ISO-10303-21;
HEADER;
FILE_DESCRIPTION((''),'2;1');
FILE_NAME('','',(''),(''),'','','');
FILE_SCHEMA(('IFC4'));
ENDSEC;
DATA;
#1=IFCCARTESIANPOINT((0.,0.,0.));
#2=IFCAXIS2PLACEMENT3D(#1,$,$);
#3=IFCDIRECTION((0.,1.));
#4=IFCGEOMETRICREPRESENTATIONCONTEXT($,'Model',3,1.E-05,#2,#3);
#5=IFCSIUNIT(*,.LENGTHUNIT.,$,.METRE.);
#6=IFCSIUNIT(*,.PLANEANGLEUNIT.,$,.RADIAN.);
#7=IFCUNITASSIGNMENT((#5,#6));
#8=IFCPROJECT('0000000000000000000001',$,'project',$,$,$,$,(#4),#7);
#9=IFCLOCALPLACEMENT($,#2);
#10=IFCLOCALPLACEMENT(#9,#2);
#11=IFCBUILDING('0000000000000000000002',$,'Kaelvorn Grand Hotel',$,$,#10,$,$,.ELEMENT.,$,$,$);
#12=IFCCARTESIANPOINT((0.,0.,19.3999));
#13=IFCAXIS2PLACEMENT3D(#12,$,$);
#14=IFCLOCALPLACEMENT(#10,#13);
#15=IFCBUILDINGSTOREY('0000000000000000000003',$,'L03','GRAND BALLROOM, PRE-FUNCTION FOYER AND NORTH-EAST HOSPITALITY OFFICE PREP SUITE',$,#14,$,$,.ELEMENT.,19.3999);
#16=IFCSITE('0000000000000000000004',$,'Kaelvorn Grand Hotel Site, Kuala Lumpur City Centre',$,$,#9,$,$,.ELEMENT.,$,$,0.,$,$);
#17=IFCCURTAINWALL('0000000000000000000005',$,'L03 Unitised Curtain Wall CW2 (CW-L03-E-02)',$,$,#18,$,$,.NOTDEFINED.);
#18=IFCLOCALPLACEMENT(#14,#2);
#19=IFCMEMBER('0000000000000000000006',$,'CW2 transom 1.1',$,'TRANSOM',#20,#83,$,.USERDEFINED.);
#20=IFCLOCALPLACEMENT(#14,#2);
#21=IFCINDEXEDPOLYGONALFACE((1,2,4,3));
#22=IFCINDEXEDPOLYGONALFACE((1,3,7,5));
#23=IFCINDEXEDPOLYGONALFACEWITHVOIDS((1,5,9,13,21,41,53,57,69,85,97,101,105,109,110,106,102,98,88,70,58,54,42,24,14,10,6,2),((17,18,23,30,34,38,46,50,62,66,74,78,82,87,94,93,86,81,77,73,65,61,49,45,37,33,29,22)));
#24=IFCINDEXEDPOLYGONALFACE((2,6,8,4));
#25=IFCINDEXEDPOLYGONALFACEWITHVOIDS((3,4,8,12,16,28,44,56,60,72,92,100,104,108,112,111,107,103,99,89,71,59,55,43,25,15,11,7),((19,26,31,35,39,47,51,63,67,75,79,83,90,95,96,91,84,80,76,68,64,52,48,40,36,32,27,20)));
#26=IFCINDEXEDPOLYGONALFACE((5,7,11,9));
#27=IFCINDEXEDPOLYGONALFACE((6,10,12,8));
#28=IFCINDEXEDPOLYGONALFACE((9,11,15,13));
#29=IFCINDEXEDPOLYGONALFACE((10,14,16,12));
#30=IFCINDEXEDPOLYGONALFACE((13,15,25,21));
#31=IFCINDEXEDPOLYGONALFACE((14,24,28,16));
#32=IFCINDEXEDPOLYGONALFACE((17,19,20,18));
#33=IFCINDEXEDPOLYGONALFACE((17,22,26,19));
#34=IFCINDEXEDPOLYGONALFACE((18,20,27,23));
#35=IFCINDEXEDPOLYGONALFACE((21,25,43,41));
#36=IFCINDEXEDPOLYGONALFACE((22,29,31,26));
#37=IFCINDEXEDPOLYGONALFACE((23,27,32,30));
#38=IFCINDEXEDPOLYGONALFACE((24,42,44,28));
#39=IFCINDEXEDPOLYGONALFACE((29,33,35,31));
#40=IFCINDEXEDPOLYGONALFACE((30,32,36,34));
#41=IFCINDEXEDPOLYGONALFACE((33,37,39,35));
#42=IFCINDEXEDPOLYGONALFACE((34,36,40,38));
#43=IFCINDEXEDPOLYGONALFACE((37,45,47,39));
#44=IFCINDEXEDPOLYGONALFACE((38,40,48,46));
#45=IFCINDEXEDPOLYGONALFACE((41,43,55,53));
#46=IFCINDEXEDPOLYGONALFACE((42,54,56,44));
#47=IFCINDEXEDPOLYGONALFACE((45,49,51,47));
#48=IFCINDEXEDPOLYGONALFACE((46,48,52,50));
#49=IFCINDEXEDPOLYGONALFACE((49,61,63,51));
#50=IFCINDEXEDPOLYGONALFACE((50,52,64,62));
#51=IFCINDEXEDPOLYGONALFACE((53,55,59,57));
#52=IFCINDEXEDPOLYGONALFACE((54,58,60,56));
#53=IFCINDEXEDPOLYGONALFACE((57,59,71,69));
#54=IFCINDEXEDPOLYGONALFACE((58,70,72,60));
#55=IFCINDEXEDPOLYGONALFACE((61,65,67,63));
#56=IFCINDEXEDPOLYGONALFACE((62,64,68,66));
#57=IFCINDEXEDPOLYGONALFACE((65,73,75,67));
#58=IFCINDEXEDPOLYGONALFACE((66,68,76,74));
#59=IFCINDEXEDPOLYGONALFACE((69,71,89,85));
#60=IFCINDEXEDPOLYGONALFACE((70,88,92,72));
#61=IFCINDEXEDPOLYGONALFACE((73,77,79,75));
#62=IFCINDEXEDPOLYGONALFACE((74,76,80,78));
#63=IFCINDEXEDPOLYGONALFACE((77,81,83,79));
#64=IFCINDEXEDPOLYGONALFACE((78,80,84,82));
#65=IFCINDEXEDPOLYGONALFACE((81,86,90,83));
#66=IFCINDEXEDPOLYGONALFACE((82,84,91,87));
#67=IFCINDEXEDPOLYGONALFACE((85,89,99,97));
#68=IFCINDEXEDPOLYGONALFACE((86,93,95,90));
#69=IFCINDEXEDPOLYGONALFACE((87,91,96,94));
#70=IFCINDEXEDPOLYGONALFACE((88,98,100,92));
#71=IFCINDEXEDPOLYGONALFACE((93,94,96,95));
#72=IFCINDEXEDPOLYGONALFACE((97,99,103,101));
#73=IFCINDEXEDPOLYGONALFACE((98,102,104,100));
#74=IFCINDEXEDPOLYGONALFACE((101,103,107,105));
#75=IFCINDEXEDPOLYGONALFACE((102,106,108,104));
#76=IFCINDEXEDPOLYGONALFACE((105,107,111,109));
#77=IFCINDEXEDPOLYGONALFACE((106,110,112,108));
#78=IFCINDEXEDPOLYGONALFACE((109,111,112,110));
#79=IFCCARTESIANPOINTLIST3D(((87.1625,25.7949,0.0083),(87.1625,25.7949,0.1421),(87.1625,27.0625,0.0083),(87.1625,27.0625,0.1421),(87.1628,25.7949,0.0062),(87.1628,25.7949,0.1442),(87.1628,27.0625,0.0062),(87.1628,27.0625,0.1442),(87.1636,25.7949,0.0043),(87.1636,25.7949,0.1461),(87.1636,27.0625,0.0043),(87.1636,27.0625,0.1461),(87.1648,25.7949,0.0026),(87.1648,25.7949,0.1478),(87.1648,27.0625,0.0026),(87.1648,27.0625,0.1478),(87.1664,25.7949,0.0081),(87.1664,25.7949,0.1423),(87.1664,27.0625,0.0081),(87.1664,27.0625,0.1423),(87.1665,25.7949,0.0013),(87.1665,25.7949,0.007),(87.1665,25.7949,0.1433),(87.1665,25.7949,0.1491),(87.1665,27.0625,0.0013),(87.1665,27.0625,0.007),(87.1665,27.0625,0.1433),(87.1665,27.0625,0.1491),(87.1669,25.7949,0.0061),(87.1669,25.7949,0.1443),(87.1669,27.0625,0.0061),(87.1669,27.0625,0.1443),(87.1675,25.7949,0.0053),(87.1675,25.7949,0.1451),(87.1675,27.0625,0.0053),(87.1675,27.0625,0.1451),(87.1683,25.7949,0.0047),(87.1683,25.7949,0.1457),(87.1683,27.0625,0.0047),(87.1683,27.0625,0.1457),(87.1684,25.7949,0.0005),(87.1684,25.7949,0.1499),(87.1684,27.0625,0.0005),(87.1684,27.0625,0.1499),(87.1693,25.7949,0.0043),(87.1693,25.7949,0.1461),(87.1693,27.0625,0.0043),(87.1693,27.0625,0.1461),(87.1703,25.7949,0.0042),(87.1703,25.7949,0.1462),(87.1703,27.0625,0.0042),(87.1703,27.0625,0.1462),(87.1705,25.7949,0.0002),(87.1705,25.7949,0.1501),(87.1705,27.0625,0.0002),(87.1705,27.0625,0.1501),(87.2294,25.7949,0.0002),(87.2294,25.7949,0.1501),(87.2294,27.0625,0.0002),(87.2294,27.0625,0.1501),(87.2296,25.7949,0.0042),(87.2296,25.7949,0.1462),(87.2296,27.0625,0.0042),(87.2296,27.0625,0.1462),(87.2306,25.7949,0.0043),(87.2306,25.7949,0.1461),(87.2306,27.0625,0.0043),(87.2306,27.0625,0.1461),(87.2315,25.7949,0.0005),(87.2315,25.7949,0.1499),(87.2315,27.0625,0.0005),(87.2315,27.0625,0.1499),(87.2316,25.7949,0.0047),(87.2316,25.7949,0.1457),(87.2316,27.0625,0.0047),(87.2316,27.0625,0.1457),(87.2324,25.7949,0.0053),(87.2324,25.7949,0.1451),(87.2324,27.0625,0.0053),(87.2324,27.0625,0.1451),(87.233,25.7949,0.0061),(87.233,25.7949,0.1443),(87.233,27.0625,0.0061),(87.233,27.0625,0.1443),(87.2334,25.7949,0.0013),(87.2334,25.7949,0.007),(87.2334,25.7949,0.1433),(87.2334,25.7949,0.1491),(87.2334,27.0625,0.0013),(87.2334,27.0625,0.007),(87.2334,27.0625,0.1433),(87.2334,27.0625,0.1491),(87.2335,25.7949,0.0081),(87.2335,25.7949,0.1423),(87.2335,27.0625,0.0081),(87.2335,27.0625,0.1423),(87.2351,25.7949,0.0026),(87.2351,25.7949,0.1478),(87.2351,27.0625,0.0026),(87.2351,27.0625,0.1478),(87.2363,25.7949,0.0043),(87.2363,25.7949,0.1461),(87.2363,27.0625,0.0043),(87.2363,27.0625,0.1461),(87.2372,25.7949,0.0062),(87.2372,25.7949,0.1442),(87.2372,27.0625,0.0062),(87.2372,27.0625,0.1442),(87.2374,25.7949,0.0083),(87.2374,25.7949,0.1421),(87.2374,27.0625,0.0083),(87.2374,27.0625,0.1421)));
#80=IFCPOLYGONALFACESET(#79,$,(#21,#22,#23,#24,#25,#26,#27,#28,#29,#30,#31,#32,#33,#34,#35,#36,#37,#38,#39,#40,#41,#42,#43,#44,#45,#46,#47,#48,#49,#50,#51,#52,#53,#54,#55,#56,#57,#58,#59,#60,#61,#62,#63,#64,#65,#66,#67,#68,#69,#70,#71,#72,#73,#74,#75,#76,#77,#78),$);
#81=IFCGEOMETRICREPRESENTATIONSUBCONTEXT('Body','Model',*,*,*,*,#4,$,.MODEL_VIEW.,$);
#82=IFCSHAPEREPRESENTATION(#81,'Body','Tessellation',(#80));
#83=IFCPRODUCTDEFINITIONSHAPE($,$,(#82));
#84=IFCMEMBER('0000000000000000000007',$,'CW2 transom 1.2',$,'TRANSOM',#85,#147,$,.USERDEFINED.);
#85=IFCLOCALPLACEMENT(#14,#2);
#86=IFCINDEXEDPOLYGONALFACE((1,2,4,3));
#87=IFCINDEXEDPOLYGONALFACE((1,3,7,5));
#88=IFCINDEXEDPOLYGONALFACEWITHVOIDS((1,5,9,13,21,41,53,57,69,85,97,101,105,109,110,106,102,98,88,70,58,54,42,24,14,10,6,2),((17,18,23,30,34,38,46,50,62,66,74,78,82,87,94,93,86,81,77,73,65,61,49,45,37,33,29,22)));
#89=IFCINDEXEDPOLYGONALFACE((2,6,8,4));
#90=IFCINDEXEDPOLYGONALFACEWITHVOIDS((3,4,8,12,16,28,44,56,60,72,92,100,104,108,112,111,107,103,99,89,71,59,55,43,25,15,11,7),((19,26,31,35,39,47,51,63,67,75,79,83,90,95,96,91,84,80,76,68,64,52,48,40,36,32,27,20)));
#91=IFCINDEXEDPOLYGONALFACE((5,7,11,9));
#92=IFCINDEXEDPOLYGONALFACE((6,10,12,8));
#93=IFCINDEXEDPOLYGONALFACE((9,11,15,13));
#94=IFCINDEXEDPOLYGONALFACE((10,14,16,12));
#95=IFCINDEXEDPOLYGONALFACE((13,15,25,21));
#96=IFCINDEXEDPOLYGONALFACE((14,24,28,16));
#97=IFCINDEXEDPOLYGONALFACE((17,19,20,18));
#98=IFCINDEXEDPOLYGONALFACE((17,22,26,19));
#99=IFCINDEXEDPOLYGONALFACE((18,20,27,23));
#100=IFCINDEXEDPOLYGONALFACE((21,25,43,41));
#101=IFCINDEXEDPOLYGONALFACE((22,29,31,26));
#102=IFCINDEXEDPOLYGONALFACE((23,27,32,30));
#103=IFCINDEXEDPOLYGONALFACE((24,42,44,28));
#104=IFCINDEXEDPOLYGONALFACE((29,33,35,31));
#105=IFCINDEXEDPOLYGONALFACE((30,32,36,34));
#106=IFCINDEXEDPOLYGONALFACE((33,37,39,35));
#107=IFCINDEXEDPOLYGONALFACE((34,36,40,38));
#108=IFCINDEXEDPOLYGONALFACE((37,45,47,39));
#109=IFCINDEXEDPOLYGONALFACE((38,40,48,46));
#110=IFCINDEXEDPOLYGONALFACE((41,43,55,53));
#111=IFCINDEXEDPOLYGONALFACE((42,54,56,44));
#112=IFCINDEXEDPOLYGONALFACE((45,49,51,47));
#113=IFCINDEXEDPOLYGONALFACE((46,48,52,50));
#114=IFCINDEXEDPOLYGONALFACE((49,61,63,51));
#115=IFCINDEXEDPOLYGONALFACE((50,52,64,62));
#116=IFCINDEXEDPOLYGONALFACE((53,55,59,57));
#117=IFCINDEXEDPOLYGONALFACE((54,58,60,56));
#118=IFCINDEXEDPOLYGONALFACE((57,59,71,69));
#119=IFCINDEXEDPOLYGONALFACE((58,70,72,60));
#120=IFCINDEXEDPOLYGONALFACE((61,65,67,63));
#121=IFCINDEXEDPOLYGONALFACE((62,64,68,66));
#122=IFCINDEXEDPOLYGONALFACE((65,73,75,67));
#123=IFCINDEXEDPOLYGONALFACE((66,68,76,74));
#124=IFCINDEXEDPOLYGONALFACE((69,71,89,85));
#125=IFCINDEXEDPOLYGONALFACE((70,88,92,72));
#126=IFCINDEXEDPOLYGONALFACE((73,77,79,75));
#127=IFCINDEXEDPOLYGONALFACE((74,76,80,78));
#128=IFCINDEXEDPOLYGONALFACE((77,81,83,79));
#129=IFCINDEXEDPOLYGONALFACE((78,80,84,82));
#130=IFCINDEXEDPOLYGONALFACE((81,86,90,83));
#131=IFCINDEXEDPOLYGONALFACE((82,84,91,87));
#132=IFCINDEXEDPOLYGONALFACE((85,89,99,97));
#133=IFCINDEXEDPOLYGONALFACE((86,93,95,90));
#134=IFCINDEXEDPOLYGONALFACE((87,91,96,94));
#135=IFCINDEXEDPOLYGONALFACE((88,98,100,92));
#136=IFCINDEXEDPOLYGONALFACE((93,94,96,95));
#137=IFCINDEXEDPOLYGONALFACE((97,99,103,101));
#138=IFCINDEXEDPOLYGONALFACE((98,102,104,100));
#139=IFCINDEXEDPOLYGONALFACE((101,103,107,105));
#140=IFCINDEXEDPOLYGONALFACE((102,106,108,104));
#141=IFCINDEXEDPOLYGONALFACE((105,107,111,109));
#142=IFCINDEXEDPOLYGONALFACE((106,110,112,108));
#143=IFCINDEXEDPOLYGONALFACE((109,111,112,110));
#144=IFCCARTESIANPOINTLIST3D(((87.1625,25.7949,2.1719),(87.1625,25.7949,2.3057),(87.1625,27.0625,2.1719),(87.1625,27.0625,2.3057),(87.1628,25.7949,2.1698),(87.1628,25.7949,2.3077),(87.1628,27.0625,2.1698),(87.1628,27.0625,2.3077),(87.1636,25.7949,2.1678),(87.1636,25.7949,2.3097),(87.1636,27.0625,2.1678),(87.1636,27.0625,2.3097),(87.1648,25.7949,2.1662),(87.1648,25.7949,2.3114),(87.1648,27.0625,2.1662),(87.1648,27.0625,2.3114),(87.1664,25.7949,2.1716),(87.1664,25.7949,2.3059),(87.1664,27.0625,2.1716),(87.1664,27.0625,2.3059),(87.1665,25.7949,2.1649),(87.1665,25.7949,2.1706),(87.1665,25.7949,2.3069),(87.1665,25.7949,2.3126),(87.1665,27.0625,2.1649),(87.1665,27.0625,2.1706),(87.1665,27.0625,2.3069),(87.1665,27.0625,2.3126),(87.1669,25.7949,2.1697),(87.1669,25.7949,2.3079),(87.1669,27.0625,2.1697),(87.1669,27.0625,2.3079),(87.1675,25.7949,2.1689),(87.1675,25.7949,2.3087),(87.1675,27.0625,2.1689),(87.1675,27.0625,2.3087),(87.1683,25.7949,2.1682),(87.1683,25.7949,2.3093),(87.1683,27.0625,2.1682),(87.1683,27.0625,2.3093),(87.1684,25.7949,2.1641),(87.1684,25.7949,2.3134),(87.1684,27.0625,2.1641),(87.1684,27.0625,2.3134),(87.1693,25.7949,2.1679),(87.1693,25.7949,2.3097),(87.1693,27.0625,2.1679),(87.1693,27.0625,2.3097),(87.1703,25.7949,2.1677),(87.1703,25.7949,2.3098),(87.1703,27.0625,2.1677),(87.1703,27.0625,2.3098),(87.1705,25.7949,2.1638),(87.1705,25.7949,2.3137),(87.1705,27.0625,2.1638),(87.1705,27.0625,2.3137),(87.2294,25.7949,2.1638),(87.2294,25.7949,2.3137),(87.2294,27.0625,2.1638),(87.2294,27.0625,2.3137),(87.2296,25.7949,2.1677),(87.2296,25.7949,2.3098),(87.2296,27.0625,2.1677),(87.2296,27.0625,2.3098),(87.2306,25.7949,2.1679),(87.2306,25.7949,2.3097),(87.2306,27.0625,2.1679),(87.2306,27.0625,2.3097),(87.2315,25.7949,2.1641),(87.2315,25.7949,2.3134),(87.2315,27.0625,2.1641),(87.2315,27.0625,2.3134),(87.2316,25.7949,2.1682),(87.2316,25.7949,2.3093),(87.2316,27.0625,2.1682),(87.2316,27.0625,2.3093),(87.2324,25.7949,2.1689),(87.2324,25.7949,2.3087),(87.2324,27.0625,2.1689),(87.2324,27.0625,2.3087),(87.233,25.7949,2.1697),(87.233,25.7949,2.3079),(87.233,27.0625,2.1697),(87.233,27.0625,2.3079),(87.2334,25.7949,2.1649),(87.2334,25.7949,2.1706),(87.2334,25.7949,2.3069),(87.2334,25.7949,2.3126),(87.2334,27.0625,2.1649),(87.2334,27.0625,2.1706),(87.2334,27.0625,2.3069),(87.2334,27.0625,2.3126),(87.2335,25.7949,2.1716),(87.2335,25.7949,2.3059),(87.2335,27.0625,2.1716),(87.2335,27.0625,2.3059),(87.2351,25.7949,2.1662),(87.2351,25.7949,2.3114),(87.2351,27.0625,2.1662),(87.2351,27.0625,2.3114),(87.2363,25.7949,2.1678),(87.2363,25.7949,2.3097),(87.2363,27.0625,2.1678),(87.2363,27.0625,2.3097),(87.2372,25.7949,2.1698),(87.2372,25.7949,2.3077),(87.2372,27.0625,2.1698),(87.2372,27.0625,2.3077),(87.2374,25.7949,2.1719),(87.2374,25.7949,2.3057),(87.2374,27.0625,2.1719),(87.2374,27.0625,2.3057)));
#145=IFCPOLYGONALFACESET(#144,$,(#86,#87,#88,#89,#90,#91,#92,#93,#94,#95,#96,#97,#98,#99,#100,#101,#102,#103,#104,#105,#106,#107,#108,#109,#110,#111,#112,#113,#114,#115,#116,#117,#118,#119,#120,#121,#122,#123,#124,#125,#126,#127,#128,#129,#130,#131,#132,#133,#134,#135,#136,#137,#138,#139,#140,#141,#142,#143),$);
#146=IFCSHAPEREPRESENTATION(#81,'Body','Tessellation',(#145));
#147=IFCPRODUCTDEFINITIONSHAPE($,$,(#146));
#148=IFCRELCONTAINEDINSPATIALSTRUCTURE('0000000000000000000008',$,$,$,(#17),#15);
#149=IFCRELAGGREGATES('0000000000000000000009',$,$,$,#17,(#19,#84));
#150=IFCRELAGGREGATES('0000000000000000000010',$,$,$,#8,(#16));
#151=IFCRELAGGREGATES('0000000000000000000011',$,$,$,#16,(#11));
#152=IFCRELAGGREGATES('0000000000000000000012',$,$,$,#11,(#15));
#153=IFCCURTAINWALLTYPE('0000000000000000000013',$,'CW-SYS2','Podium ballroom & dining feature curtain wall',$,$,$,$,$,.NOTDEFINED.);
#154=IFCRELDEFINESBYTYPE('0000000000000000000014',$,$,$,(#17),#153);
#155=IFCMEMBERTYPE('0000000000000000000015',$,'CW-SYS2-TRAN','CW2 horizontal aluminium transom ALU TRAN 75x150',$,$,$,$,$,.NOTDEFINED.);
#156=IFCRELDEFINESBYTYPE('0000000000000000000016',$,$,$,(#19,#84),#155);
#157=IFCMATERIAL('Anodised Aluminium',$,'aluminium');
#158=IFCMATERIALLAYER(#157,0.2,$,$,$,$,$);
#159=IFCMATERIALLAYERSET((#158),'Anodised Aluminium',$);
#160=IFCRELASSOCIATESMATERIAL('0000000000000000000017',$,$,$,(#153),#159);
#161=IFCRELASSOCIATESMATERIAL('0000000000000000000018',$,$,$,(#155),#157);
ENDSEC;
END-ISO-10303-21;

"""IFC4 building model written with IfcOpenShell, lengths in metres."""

from ifc_helpers import new_model, si_unit, direction, frame, origin, origin_2d, place, context, subcontext, project, spatial, hollow_rectangle, extrude, material, layer, layer_set, material_profile, profile_set, type_object, element, aggregate, save


model = new_model("IFC4")

# Units and contexts
model_context = context("Model", 3, precision=1e-05, world=origin(), true_north=direction((0.0, 1.0)))
body_context = subcontext(model_context, "Body", "Model", "MODEL_VIEW")
ifc_project = project(units=[si_unit("LENGTHUNIT", "METRE"), si_unit("PLANEANGLEUNIT", "RADIAN")], contexts=[model_context])

# Site, building, storey
site_placement = place(None, origin())
site = spatial("IfcSite", under=ifc_project, at=site_placement, Name="Kaelvorn Grand Hotel Site, Kuala Lumpur City Centre", CompositionType="ELEMENT", RefElevation=0.0)
building_placement = place(site_placement, origin())
building = spatial("IfcBuilding", under=site, at=building_placement, Name="Kaelvorn Grand Hotel", CompositionType="ELEMENT")
storey_placement = place(building_placement, frame((0.0, 0.0, 19.3999)))
storey = spatial("IfcBuildingStorey", under=building, at=storey_placement, Name="L03", Description="GRAND BALLROOM, PRE-FUNCTION FOYER AND NORTH-EAST HOSPITALITY OFFICE PREP SUITE", CompositionType="ELEMENT", Elevation=19.3999)

# Shared definitions
ifc_material_1 = material(Name="Anodised Aluminium", Category="aluminium")
ifc_layer_1 = layer(ifc_material_1, 0.2)
ifc_layer_set_1 = layer_set([ifc_layer_1], Name="Anodised Aluminium")
curtain_wall_type = type_object("IfcCurtainWallType", Name="CW-SYS2", Description="Podium ballroom & dining feature curtain wall", PredefinedType="NOTDEFINED", material=ifc_layer_set_1)

# Curtain wall
curtain_wall_1_placement = place(storey_placement, origin())
curtain_wall_1 = element("IfcCurtainWall", 1, at=curtain_wall_1_placement, inside=storey, type_object=curtain_wall_type, Name="L03 Unitised Curtain Wall CW2 (CW-L03-E-02)", PredefinedType="NOTDEFINED")

# Members
ifc_material_profile_1 = material_profile(ifc_material_1, hollow_rectangle(XDim=0.075, YDim=0.1499, WallThickness=0.0039, InnerFilletRadius=0.0039, OuterFilletRadius=0.0081, at=origin_2d()), Name="ALU TRAN 75x150")
ifc_profile_set_1 = profile_set([ifc_material_profile_1], Name="Anodised Aluminium")
member_type_1 = type_object("IfcMemberType", Name="CW-SYS2-TRAN", Description="CW2 horizontal aluminium transom ALU TRAN 75x150", PredefinedType="NOTDEFINED", material=ifc_profile_set_1)
member_1_placement = place(storey_placement, frame((87.2, 25.7949, 0.0752), z_axis=(0.0, 1.0, 0.0), x_axis=(-1.0, 0.0, 0.0)))
member_1 = element("IfcMember", 2, at=member_1_placement, type_object=member_type_1, Name="CW2 transom 1.1", ObjectType="TRANSOM", PredefinedType="USERDEFINED", context=body_context, shape_type="SweptSolid", body=[
    extrude(hollow_rectangle(XDim=0.075, YDim=0.1499, WallThickness=0.0039, InnerFilletRadius=0.0039, OuterFilletRadius=0.0081, at=origin_2d()), origin(), (0.0, 0.0, 1.0), 1.2676),
])
member_2_placement = place(storey_placement, frame((87.2, 25.7949, 2.2388), z_axis=(0.0, 1.0, 0.0), x_axis=(-1.0, 0.0, 0.0)))
member_2 = element("IfcMember", 3, at=member_2_placement, type_object=member_type_1, Name="CW2 transom 1.2", ObjectType="TRANSOM", PredefinedType="USERDEFINED", context=body_context, shape_type="SweptSolid", body=[
    extrude(hollow_rectangle(XDim=0.075, YDim=0.1499, WallThickness=0.0039, InnerFilletRadius=0.0039, OuterFilletRadius=0.0081, at=origin_2d()), origin(), (0.0, 0.0, 1.0), 1.2676),
])

aggregate(curtain_wall_1, [member_1, member_2])

save(model, "model.ifc")
